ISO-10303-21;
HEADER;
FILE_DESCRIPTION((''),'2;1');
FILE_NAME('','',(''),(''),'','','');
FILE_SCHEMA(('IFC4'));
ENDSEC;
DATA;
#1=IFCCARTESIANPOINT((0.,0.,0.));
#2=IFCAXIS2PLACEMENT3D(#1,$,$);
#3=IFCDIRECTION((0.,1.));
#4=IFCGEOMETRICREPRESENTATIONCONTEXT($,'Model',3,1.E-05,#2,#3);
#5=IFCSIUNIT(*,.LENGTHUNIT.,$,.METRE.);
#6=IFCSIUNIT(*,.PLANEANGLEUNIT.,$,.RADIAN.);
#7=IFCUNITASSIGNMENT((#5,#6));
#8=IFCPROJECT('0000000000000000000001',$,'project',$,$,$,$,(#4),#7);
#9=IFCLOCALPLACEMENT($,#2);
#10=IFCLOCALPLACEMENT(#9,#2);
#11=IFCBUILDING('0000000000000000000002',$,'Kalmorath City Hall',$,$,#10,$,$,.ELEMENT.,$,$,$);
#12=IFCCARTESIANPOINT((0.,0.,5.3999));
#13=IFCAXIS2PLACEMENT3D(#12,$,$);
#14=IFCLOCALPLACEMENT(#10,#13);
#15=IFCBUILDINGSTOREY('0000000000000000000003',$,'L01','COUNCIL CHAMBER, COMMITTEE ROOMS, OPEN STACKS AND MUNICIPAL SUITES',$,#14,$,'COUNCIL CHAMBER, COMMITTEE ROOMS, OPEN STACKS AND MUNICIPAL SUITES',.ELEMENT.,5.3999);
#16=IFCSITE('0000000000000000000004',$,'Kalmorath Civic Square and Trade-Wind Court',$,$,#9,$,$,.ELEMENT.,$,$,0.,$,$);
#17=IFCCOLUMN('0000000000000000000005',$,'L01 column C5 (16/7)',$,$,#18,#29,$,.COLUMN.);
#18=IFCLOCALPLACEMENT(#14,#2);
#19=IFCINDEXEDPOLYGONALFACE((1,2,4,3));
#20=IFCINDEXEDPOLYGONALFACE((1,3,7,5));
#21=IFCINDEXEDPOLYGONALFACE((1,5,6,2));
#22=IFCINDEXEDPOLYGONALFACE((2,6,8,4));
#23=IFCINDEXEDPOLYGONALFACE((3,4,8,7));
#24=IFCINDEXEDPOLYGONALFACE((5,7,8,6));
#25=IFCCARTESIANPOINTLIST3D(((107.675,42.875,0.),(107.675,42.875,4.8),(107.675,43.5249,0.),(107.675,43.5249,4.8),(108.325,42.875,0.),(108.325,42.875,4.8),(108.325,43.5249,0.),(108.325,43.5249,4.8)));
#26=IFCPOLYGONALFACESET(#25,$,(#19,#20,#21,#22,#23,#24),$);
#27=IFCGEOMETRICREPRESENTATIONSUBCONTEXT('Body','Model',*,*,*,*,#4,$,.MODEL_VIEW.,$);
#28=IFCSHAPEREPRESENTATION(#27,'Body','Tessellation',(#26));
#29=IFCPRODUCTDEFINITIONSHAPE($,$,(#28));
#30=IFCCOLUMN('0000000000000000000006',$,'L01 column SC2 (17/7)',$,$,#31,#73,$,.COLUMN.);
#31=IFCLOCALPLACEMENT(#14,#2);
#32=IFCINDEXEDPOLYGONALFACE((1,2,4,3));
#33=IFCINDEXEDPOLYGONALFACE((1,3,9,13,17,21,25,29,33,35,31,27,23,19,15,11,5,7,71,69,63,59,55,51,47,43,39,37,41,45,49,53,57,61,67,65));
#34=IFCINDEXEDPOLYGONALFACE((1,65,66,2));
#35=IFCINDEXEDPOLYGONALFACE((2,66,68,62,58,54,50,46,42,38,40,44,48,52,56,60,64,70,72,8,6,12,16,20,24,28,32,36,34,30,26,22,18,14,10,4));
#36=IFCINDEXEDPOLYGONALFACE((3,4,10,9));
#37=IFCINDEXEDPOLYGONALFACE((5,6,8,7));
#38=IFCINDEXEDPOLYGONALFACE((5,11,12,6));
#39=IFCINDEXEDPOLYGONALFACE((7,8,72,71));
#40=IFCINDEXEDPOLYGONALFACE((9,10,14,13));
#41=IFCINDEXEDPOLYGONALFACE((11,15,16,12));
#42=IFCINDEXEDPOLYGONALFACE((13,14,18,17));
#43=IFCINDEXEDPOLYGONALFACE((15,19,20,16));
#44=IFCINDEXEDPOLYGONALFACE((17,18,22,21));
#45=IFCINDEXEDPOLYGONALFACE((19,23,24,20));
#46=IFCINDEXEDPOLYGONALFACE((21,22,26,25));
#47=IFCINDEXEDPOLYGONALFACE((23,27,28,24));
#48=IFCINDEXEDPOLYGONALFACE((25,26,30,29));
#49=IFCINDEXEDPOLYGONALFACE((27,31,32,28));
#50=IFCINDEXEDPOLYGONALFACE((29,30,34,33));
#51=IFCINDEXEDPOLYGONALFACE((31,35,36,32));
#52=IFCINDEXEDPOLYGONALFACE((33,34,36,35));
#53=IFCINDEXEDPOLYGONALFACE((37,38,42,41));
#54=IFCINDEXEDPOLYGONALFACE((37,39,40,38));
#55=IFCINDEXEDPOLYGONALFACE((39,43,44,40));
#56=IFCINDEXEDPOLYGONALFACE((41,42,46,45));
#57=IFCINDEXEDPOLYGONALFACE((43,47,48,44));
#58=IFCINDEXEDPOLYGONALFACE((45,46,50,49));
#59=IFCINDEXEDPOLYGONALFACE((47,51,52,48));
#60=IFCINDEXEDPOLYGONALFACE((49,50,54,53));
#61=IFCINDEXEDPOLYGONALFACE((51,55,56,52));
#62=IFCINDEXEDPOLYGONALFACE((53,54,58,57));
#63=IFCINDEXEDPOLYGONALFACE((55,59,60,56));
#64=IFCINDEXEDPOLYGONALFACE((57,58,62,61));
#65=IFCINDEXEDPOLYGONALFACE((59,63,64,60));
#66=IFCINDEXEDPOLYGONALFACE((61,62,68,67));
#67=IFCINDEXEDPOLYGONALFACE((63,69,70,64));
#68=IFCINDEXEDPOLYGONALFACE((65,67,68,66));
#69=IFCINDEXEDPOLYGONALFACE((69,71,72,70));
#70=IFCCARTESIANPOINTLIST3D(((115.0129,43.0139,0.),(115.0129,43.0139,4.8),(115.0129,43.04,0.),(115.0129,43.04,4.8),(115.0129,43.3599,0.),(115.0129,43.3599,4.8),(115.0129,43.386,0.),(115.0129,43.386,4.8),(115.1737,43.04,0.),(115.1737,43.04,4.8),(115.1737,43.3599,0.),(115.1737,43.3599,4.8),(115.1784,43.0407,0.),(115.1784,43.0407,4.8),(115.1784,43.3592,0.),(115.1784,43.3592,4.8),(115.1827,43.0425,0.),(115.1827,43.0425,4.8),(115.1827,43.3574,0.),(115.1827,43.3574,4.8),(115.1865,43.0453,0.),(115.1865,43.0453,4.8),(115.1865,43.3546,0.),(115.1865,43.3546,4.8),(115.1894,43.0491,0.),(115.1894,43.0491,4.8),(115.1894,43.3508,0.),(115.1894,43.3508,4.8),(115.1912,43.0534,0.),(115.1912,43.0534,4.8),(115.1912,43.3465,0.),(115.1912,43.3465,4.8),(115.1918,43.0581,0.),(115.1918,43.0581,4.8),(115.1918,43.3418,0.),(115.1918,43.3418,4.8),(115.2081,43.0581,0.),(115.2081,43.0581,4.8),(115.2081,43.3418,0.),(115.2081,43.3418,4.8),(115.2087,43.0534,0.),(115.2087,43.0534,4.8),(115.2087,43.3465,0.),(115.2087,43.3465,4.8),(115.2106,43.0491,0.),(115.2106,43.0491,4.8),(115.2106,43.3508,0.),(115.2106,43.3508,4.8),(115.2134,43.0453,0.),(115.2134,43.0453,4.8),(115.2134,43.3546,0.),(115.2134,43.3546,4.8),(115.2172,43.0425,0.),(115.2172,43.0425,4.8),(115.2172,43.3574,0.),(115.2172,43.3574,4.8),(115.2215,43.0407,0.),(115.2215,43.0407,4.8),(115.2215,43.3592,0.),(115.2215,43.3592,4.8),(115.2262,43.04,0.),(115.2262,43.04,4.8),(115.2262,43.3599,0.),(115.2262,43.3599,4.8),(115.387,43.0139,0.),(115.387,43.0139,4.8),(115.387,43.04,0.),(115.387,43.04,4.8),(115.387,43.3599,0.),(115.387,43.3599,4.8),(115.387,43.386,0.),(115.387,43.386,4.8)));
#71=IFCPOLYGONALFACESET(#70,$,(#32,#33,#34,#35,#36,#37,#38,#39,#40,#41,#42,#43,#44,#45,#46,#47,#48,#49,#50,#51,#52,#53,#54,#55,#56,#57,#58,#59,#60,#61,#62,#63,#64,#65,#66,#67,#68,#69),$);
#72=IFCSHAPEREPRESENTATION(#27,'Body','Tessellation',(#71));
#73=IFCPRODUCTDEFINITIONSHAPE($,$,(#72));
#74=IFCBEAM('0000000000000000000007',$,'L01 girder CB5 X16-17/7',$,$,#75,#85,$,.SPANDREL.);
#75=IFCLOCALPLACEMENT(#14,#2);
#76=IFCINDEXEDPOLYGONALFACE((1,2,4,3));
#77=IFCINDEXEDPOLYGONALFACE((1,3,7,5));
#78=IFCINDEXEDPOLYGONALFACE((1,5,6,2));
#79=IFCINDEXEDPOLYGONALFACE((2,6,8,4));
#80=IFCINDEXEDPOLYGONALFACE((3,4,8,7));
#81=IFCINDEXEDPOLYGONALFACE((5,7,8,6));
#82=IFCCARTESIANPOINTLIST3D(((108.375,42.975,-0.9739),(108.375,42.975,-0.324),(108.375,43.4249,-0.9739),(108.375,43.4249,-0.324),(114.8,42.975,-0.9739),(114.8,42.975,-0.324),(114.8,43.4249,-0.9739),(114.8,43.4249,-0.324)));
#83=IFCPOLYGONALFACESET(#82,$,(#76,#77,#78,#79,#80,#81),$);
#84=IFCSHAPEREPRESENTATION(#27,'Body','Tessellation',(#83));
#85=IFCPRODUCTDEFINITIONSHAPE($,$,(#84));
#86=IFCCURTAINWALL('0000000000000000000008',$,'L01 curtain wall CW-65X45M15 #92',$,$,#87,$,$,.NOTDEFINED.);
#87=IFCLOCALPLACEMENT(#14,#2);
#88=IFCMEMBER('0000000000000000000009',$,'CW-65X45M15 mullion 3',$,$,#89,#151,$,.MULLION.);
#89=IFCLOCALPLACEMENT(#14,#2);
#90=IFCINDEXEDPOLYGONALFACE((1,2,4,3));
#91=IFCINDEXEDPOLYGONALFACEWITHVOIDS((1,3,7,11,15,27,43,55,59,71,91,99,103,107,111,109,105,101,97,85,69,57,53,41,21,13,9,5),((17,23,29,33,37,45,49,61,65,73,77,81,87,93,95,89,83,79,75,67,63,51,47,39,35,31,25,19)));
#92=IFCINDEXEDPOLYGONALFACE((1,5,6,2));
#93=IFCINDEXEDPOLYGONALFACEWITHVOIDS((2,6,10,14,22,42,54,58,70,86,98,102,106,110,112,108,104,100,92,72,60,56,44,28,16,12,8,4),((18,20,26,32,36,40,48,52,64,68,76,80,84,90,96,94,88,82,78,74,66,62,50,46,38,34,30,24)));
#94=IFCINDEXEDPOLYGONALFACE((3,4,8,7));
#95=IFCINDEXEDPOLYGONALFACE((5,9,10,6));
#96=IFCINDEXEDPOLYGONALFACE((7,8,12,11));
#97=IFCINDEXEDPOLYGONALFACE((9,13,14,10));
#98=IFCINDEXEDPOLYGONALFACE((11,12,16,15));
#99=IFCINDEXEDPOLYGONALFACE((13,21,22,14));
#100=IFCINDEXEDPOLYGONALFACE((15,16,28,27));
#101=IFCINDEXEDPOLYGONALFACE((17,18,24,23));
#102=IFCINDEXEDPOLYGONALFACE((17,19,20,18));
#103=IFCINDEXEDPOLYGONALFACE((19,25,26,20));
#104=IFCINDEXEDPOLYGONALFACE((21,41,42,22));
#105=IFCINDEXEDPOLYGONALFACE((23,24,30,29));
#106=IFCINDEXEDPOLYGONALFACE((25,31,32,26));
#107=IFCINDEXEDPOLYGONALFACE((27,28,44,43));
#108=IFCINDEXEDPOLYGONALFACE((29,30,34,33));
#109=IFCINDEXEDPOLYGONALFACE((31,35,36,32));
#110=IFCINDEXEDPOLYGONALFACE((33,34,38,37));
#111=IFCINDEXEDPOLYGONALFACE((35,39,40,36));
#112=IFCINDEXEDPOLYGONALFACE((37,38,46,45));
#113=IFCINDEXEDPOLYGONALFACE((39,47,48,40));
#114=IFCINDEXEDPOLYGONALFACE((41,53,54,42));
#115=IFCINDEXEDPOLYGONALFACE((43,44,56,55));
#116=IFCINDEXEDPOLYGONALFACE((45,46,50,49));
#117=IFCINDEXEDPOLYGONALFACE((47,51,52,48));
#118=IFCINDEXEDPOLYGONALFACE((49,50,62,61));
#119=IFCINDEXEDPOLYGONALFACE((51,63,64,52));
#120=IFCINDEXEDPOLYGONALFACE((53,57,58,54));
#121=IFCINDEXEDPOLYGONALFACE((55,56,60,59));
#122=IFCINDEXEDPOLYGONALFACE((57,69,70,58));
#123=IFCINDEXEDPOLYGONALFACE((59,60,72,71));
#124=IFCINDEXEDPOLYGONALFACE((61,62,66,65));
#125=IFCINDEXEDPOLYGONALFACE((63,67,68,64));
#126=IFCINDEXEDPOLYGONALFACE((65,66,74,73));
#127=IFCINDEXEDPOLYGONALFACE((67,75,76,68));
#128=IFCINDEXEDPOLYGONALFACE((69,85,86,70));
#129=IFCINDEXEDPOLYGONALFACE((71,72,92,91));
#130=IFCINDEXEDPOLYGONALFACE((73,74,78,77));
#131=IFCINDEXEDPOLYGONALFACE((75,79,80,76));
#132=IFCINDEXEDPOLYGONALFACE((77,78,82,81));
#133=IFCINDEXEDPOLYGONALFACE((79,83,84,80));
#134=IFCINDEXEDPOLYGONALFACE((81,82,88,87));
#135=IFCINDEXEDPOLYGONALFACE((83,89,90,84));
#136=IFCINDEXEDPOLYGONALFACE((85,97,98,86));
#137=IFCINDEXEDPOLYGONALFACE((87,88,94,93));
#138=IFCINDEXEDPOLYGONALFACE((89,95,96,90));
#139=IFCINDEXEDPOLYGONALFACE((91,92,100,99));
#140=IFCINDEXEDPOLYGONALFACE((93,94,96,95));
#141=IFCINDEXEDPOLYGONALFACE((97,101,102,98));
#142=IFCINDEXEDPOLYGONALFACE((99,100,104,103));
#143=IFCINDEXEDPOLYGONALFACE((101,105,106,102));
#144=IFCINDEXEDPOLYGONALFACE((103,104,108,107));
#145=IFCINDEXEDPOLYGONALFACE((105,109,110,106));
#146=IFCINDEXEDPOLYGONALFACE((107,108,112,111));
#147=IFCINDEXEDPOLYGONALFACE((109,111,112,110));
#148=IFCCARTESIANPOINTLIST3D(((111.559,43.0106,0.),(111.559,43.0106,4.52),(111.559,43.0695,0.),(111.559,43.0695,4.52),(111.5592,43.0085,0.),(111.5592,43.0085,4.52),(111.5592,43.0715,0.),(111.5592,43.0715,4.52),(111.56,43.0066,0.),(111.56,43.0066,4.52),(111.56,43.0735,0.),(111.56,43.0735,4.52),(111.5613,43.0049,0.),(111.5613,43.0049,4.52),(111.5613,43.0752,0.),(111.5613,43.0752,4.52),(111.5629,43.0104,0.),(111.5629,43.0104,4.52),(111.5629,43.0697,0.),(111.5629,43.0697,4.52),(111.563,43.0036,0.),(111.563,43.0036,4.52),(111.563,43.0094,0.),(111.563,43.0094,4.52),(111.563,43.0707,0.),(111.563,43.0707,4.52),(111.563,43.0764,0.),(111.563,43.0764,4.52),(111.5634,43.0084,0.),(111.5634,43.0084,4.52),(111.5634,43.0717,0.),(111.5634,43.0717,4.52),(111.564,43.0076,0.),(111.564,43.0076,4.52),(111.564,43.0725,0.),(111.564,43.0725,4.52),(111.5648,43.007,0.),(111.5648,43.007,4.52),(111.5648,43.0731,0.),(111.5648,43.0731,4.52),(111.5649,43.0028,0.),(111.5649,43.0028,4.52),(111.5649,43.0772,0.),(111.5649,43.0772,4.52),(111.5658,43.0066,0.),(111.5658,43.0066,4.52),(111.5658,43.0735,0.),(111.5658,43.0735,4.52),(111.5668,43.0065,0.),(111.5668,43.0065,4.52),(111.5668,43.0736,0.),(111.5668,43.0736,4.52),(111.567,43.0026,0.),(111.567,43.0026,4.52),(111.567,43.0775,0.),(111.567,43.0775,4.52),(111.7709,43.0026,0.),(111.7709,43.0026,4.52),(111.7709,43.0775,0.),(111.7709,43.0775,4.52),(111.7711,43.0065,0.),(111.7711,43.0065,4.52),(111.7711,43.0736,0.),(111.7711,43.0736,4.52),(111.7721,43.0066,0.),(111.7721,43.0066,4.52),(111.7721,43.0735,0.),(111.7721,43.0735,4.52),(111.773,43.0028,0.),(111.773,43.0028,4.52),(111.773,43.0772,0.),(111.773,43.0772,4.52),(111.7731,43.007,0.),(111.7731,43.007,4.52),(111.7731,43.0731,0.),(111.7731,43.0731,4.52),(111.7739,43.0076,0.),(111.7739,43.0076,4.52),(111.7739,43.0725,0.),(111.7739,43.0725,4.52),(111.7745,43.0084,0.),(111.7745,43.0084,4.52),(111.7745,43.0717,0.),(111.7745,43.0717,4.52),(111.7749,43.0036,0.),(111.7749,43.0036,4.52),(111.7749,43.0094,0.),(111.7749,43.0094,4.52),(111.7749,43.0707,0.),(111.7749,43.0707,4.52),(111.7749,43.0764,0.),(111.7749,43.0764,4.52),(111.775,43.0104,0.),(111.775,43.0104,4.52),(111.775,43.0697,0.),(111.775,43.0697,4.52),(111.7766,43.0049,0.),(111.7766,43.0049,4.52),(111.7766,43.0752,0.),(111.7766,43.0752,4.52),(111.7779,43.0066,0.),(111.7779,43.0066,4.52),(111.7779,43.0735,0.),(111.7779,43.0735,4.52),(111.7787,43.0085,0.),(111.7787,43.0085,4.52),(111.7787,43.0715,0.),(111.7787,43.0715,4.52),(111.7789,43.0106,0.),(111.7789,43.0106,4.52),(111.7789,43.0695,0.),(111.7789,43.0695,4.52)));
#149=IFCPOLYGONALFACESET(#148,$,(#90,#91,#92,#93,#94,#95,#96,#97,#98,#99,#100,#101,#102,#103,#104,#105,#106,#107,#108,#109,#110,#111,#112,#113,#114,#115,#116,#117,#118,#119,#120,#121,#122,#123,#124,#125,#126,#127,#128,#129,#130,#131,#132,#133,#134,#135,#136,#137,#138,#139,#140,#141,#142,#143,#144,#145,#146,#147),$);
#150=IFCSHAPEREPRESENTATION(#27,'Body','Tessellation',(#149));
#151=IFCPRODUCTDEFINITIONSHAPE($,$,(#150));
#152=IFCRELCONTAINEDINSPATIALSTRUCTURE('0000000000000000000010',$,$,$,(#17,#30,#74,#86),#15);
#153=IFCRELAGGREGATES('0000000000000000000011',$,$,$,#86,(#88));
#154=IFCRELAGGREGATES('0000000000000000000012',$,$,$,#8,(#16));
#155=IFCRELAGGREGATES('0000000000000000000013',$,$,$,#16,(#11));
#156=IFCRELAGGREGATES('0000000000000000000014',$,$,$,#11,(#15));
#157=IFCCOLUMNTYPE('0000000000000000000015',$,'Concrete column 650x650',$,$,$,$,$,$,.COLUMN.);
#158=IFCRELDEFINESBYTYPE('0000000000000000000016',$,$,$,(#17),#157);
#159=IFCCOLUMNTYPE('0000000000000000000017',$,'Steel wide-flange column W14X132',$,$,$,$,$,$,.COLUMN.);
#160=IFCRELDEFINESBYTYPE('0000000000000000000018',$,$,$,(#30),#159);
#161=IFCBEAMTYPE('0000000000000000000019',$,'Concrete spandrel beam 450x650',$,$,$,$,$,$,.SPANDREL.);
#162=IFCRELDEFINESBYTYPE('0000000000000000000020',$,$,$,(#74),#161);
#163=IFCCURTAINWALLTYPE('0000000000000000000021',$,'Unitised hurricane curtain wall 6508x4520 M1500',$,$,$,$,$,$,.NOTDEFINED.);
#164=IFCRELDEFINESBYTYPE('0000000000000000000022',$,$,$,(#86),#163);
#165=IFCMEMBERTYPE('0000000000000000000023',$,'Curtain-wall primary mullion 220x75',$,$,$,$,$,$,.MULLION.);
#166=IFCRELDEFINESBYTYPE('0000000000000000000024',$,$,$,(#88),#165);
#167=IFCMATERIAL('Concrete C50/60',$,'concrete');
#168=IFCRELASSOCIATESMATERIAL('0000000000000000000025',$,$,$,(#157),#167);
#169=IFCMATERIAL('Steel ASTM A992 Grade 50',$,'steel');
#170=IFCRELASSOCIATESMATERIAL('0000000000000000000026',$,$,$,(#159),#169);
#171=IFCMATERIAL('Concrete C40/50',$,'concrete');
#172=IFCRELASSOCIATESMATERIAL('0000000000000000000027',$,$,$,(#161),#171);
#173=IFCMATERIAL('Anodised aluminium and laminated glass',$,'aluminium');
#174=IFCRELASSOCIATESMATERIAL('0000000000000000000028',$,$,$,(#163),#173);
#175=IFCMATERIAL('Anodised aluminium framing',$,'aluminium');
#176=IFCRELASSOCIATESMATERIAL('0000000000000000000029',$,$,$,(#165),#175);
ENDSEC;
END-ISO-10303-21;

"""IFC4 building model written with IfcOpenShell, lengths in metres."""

from ifc_helpers import new_model, si_unit, direction, frame, origin, origin_2d, place, context, subcontext, project, spatial, rectangle, hollow_rectangle, i_section, extrude, material, material_profile, profile_set, type_object, element, aggregate, save


model = new_model("IFC4")

# Units and contexts
model_context = context("Model", 3, precision=1e-05, world=origin(), true_north=direction((0.0, 1.0)))
body_context = subcontext(model_context, "Body", "Model", "MODEL_VIEW")
ifc_project = project(units=[si_unit("LENGTHUNIT", "METRE"), si_unit("PLANEANGLEUNIT", "RADIAN")], contexts=[model_context])

# Site, building, storey
site_placement = place(None, origin())
site = spatial("IfcSite", under=ifc_project, at=site_placement, Name="Kalmorath Civic Square and Trade-Wind Court", CompositionType="ELEMENT", RefElevation=0.0)
building_placement = place(site_placement, origin())
building = spatial("IfcBuilding", under=site, at=building_placement, Name="Kalmorath City Hall", CompositionType="ELEMENT")
storey_placement = place(building_placement, frame((0.0, 0.0, 5.3999)))
storey = spatial("IfcBuildingStorey", under=building, at=storey_placement, Name="L01", Description="COUNCIL CHAMBER, COMMITTEE ROOMS, OPEN STACKS AND MUNICIPAL SUITES", LongName="COUNCIL CHAMBER, COMMITTEE ROOMS, OPEN STACKS AND MUNICIPAL SUITES", CompositionType="ELEMENT", Elevation=5.3999)

# Columns
ifc_material_1 = material(Name="Concrete C50/60", Category="concrete")
ifc_material_profile_1 = material_profile(ifc_material_1, rectangle(XDim=0.6499, YDim=0.6499, at=origin_2d()), Name="RC-COL-650X650")
ifc_profile_set_1 = profile_set([ifc_material_profile_1], Name="Concrete C50/60")
column_type_1 = type_object("IfcColumnType", Name="Concrete column 650x650", PredefinedType="COLUMN", material=ifc_profile_set_1)
column_1_placement = place(storey_placement, frame((108.0, 43.2, 0.0), z_axis=(0.0, 0.0, 1.0), x_axis=(1.0, 0.0, 0.0)))
element("IfcColumn", 1, at=column_1_placement, inside=storey, type_object=column_type_1, Name="L01 column C5 (16/7)", PredefinedType="COLUMN", context=body_context, shape_type="SweptSolid", body=[
    extrude(rectangle(XDim=0.6499, YDim=0.6499, at=origin_2d()), origin(), (0.0, 0.0, 1.0), 4.8),
])
ifc_material_2 = material(Name="Steel ASTM A992 Grade 50", Category="steel")
ifc_material_profile_2 = material_profile(ifc_material_2, i_section(OverallWidth=0.374, OverallDepth=0.3721, WebThickness=0.0164, FlangeThickness=0.0261, FilletRadius=0.0181, at=origin_2d()), Name="W14X132")
ifc_profile_set_2 = profile_set([ifc_material_profile_2], Name="Steel ASTM A992 Grade 50")
column_type_2 = type_object("IfcColumnType", Name="Steel wide-flange column W14X132", PredefinedType="COLUMN", material=ifc_profile_set_2)
column_2_placement = place(storey_placement, frame((115.2, 43.2, 0.0), z_axis=(0.0, 0.0, 1.0), x_axis=(1.0, 0.0, 0.0)))
element("IfcColumn", 2, at=column_2_placement, inside=storey, type_object=column_type_2, Name="L01 column SC2 (17/7)", PredefinedType="COLUMN", context=body_context, shape_type="SweptSolid", body=[
    extrude(i_section(OverallWidth=0.374, OverallDepth=0.3721, WebThickness=0.0164, FlangeThickness=0.0261, FilletRadius=0.0181, at=origin_2d()), origin(), (0.0, 0.0, 1.0), 4.8),
])

# Beam
ifc_material_3 = material(Name="Concrete C40/50", Category="concrete")
ifc_material_profile_3 = material_profile(ifc_material_3, rectangle(XDim=0.45, YDim=0.6499, at=origin_2d()), Name="RC-BM-450X650")
ifc_profile_set_3 = profile_set([ifc_material_profile_3], Name="Concrete C40/50")
beam_type = type_object("IfcBeamType", Name="Concrete spandrel beam 450x650", PredefinedType="SPANDREL", material=ifc_profile_set_3)
beam_placement = place(storey_placement, frame((108.375, 43.2, -0.6489), z_axis=(1.0, 0.0, 0.0), x_axis=(0.0, 1.0, 0.0)))
element("IfcBeam", 3, at=beam_placement, inside=storey, type_object=beam_type, Name="L01 girder CB5 X16-17/7", PredefinedType="SPANDREL", context=body_context, shape_type="SweptSolid", body=[
    extrude(rectangle(XDim=0.45, YDim=0.6499, at=origin_2d()), origin(), (0.0, 0.0, 1.0), 6.425),
])

# Curtain wall, member
ifc_material_4 = material(Name="Anodised aluminium and laminated glass", Category="aluminium")
curtain_wall_type = type_object("IfcCurtainWallType", Name="Unitised hurricane curtain wall 6508x4520 M1500", PredefinedType="NOTDEFINED", material=ifc_material_4)
curtain_wall_placement = place(storey_placement, origin())
curtain_wall = element("IfcCurtainWall", 4, at=curtain_wall_placement, inside=storey, type_object=curtain_wall_type, Name="L01 curtain wall CW-65X45M15 #92", PredefinedType="NOTDEFINED")
ifc_material_5 = material(Name="Anodised aluminium framing", Category="aluminium")
ifc_material_profile_4 = material_profile(ifc_material_5, hollow_rectangle(XDim=0.075, YDim=0.22, WallThickness=0.0039, InnerFilletRadius=0.0039, OuterFilletRadius=0.0081, at=origin_2d()), Name="ALU-MUL-220X75X4")
ifc_profile_set_4 = profile_set([ifc_material_profile_4], Name="Anodised aluminium framing")
member_type_1 = type_object("IfcMemberType", Name="Curtain-wall primary mullion 220x75", PredefinedType="MULLION", material=ifc_profile_set_4)
member_1_placement = place(storey_placement, frame((111.6689, 43.04, 0.0), z_axis=(0.0, 0.0, 1.0), x_axis=(0.0, 1.0, 0.0)))
member_1 = element("IfcMember", 5, at=member_1_placement, type_object=member_type_1, Name="CW-65X45M15 mullion 3", PredefinedType="MULLION", context=body_context, shape_type="SweptSolid", body=[
    extrude(hollow_rectangle(XDim=0.075, YDim=0.22, WallThickness=0.0039, InnerFilletRadius=0.0039, OuterFilletRadius=0.0081, at=origin_2d()), origin(), (0.0, 0.0, 1.0), 4.52),
])
aggregate(curtain_wall, [member_1])

save(model, "model.ifc")
